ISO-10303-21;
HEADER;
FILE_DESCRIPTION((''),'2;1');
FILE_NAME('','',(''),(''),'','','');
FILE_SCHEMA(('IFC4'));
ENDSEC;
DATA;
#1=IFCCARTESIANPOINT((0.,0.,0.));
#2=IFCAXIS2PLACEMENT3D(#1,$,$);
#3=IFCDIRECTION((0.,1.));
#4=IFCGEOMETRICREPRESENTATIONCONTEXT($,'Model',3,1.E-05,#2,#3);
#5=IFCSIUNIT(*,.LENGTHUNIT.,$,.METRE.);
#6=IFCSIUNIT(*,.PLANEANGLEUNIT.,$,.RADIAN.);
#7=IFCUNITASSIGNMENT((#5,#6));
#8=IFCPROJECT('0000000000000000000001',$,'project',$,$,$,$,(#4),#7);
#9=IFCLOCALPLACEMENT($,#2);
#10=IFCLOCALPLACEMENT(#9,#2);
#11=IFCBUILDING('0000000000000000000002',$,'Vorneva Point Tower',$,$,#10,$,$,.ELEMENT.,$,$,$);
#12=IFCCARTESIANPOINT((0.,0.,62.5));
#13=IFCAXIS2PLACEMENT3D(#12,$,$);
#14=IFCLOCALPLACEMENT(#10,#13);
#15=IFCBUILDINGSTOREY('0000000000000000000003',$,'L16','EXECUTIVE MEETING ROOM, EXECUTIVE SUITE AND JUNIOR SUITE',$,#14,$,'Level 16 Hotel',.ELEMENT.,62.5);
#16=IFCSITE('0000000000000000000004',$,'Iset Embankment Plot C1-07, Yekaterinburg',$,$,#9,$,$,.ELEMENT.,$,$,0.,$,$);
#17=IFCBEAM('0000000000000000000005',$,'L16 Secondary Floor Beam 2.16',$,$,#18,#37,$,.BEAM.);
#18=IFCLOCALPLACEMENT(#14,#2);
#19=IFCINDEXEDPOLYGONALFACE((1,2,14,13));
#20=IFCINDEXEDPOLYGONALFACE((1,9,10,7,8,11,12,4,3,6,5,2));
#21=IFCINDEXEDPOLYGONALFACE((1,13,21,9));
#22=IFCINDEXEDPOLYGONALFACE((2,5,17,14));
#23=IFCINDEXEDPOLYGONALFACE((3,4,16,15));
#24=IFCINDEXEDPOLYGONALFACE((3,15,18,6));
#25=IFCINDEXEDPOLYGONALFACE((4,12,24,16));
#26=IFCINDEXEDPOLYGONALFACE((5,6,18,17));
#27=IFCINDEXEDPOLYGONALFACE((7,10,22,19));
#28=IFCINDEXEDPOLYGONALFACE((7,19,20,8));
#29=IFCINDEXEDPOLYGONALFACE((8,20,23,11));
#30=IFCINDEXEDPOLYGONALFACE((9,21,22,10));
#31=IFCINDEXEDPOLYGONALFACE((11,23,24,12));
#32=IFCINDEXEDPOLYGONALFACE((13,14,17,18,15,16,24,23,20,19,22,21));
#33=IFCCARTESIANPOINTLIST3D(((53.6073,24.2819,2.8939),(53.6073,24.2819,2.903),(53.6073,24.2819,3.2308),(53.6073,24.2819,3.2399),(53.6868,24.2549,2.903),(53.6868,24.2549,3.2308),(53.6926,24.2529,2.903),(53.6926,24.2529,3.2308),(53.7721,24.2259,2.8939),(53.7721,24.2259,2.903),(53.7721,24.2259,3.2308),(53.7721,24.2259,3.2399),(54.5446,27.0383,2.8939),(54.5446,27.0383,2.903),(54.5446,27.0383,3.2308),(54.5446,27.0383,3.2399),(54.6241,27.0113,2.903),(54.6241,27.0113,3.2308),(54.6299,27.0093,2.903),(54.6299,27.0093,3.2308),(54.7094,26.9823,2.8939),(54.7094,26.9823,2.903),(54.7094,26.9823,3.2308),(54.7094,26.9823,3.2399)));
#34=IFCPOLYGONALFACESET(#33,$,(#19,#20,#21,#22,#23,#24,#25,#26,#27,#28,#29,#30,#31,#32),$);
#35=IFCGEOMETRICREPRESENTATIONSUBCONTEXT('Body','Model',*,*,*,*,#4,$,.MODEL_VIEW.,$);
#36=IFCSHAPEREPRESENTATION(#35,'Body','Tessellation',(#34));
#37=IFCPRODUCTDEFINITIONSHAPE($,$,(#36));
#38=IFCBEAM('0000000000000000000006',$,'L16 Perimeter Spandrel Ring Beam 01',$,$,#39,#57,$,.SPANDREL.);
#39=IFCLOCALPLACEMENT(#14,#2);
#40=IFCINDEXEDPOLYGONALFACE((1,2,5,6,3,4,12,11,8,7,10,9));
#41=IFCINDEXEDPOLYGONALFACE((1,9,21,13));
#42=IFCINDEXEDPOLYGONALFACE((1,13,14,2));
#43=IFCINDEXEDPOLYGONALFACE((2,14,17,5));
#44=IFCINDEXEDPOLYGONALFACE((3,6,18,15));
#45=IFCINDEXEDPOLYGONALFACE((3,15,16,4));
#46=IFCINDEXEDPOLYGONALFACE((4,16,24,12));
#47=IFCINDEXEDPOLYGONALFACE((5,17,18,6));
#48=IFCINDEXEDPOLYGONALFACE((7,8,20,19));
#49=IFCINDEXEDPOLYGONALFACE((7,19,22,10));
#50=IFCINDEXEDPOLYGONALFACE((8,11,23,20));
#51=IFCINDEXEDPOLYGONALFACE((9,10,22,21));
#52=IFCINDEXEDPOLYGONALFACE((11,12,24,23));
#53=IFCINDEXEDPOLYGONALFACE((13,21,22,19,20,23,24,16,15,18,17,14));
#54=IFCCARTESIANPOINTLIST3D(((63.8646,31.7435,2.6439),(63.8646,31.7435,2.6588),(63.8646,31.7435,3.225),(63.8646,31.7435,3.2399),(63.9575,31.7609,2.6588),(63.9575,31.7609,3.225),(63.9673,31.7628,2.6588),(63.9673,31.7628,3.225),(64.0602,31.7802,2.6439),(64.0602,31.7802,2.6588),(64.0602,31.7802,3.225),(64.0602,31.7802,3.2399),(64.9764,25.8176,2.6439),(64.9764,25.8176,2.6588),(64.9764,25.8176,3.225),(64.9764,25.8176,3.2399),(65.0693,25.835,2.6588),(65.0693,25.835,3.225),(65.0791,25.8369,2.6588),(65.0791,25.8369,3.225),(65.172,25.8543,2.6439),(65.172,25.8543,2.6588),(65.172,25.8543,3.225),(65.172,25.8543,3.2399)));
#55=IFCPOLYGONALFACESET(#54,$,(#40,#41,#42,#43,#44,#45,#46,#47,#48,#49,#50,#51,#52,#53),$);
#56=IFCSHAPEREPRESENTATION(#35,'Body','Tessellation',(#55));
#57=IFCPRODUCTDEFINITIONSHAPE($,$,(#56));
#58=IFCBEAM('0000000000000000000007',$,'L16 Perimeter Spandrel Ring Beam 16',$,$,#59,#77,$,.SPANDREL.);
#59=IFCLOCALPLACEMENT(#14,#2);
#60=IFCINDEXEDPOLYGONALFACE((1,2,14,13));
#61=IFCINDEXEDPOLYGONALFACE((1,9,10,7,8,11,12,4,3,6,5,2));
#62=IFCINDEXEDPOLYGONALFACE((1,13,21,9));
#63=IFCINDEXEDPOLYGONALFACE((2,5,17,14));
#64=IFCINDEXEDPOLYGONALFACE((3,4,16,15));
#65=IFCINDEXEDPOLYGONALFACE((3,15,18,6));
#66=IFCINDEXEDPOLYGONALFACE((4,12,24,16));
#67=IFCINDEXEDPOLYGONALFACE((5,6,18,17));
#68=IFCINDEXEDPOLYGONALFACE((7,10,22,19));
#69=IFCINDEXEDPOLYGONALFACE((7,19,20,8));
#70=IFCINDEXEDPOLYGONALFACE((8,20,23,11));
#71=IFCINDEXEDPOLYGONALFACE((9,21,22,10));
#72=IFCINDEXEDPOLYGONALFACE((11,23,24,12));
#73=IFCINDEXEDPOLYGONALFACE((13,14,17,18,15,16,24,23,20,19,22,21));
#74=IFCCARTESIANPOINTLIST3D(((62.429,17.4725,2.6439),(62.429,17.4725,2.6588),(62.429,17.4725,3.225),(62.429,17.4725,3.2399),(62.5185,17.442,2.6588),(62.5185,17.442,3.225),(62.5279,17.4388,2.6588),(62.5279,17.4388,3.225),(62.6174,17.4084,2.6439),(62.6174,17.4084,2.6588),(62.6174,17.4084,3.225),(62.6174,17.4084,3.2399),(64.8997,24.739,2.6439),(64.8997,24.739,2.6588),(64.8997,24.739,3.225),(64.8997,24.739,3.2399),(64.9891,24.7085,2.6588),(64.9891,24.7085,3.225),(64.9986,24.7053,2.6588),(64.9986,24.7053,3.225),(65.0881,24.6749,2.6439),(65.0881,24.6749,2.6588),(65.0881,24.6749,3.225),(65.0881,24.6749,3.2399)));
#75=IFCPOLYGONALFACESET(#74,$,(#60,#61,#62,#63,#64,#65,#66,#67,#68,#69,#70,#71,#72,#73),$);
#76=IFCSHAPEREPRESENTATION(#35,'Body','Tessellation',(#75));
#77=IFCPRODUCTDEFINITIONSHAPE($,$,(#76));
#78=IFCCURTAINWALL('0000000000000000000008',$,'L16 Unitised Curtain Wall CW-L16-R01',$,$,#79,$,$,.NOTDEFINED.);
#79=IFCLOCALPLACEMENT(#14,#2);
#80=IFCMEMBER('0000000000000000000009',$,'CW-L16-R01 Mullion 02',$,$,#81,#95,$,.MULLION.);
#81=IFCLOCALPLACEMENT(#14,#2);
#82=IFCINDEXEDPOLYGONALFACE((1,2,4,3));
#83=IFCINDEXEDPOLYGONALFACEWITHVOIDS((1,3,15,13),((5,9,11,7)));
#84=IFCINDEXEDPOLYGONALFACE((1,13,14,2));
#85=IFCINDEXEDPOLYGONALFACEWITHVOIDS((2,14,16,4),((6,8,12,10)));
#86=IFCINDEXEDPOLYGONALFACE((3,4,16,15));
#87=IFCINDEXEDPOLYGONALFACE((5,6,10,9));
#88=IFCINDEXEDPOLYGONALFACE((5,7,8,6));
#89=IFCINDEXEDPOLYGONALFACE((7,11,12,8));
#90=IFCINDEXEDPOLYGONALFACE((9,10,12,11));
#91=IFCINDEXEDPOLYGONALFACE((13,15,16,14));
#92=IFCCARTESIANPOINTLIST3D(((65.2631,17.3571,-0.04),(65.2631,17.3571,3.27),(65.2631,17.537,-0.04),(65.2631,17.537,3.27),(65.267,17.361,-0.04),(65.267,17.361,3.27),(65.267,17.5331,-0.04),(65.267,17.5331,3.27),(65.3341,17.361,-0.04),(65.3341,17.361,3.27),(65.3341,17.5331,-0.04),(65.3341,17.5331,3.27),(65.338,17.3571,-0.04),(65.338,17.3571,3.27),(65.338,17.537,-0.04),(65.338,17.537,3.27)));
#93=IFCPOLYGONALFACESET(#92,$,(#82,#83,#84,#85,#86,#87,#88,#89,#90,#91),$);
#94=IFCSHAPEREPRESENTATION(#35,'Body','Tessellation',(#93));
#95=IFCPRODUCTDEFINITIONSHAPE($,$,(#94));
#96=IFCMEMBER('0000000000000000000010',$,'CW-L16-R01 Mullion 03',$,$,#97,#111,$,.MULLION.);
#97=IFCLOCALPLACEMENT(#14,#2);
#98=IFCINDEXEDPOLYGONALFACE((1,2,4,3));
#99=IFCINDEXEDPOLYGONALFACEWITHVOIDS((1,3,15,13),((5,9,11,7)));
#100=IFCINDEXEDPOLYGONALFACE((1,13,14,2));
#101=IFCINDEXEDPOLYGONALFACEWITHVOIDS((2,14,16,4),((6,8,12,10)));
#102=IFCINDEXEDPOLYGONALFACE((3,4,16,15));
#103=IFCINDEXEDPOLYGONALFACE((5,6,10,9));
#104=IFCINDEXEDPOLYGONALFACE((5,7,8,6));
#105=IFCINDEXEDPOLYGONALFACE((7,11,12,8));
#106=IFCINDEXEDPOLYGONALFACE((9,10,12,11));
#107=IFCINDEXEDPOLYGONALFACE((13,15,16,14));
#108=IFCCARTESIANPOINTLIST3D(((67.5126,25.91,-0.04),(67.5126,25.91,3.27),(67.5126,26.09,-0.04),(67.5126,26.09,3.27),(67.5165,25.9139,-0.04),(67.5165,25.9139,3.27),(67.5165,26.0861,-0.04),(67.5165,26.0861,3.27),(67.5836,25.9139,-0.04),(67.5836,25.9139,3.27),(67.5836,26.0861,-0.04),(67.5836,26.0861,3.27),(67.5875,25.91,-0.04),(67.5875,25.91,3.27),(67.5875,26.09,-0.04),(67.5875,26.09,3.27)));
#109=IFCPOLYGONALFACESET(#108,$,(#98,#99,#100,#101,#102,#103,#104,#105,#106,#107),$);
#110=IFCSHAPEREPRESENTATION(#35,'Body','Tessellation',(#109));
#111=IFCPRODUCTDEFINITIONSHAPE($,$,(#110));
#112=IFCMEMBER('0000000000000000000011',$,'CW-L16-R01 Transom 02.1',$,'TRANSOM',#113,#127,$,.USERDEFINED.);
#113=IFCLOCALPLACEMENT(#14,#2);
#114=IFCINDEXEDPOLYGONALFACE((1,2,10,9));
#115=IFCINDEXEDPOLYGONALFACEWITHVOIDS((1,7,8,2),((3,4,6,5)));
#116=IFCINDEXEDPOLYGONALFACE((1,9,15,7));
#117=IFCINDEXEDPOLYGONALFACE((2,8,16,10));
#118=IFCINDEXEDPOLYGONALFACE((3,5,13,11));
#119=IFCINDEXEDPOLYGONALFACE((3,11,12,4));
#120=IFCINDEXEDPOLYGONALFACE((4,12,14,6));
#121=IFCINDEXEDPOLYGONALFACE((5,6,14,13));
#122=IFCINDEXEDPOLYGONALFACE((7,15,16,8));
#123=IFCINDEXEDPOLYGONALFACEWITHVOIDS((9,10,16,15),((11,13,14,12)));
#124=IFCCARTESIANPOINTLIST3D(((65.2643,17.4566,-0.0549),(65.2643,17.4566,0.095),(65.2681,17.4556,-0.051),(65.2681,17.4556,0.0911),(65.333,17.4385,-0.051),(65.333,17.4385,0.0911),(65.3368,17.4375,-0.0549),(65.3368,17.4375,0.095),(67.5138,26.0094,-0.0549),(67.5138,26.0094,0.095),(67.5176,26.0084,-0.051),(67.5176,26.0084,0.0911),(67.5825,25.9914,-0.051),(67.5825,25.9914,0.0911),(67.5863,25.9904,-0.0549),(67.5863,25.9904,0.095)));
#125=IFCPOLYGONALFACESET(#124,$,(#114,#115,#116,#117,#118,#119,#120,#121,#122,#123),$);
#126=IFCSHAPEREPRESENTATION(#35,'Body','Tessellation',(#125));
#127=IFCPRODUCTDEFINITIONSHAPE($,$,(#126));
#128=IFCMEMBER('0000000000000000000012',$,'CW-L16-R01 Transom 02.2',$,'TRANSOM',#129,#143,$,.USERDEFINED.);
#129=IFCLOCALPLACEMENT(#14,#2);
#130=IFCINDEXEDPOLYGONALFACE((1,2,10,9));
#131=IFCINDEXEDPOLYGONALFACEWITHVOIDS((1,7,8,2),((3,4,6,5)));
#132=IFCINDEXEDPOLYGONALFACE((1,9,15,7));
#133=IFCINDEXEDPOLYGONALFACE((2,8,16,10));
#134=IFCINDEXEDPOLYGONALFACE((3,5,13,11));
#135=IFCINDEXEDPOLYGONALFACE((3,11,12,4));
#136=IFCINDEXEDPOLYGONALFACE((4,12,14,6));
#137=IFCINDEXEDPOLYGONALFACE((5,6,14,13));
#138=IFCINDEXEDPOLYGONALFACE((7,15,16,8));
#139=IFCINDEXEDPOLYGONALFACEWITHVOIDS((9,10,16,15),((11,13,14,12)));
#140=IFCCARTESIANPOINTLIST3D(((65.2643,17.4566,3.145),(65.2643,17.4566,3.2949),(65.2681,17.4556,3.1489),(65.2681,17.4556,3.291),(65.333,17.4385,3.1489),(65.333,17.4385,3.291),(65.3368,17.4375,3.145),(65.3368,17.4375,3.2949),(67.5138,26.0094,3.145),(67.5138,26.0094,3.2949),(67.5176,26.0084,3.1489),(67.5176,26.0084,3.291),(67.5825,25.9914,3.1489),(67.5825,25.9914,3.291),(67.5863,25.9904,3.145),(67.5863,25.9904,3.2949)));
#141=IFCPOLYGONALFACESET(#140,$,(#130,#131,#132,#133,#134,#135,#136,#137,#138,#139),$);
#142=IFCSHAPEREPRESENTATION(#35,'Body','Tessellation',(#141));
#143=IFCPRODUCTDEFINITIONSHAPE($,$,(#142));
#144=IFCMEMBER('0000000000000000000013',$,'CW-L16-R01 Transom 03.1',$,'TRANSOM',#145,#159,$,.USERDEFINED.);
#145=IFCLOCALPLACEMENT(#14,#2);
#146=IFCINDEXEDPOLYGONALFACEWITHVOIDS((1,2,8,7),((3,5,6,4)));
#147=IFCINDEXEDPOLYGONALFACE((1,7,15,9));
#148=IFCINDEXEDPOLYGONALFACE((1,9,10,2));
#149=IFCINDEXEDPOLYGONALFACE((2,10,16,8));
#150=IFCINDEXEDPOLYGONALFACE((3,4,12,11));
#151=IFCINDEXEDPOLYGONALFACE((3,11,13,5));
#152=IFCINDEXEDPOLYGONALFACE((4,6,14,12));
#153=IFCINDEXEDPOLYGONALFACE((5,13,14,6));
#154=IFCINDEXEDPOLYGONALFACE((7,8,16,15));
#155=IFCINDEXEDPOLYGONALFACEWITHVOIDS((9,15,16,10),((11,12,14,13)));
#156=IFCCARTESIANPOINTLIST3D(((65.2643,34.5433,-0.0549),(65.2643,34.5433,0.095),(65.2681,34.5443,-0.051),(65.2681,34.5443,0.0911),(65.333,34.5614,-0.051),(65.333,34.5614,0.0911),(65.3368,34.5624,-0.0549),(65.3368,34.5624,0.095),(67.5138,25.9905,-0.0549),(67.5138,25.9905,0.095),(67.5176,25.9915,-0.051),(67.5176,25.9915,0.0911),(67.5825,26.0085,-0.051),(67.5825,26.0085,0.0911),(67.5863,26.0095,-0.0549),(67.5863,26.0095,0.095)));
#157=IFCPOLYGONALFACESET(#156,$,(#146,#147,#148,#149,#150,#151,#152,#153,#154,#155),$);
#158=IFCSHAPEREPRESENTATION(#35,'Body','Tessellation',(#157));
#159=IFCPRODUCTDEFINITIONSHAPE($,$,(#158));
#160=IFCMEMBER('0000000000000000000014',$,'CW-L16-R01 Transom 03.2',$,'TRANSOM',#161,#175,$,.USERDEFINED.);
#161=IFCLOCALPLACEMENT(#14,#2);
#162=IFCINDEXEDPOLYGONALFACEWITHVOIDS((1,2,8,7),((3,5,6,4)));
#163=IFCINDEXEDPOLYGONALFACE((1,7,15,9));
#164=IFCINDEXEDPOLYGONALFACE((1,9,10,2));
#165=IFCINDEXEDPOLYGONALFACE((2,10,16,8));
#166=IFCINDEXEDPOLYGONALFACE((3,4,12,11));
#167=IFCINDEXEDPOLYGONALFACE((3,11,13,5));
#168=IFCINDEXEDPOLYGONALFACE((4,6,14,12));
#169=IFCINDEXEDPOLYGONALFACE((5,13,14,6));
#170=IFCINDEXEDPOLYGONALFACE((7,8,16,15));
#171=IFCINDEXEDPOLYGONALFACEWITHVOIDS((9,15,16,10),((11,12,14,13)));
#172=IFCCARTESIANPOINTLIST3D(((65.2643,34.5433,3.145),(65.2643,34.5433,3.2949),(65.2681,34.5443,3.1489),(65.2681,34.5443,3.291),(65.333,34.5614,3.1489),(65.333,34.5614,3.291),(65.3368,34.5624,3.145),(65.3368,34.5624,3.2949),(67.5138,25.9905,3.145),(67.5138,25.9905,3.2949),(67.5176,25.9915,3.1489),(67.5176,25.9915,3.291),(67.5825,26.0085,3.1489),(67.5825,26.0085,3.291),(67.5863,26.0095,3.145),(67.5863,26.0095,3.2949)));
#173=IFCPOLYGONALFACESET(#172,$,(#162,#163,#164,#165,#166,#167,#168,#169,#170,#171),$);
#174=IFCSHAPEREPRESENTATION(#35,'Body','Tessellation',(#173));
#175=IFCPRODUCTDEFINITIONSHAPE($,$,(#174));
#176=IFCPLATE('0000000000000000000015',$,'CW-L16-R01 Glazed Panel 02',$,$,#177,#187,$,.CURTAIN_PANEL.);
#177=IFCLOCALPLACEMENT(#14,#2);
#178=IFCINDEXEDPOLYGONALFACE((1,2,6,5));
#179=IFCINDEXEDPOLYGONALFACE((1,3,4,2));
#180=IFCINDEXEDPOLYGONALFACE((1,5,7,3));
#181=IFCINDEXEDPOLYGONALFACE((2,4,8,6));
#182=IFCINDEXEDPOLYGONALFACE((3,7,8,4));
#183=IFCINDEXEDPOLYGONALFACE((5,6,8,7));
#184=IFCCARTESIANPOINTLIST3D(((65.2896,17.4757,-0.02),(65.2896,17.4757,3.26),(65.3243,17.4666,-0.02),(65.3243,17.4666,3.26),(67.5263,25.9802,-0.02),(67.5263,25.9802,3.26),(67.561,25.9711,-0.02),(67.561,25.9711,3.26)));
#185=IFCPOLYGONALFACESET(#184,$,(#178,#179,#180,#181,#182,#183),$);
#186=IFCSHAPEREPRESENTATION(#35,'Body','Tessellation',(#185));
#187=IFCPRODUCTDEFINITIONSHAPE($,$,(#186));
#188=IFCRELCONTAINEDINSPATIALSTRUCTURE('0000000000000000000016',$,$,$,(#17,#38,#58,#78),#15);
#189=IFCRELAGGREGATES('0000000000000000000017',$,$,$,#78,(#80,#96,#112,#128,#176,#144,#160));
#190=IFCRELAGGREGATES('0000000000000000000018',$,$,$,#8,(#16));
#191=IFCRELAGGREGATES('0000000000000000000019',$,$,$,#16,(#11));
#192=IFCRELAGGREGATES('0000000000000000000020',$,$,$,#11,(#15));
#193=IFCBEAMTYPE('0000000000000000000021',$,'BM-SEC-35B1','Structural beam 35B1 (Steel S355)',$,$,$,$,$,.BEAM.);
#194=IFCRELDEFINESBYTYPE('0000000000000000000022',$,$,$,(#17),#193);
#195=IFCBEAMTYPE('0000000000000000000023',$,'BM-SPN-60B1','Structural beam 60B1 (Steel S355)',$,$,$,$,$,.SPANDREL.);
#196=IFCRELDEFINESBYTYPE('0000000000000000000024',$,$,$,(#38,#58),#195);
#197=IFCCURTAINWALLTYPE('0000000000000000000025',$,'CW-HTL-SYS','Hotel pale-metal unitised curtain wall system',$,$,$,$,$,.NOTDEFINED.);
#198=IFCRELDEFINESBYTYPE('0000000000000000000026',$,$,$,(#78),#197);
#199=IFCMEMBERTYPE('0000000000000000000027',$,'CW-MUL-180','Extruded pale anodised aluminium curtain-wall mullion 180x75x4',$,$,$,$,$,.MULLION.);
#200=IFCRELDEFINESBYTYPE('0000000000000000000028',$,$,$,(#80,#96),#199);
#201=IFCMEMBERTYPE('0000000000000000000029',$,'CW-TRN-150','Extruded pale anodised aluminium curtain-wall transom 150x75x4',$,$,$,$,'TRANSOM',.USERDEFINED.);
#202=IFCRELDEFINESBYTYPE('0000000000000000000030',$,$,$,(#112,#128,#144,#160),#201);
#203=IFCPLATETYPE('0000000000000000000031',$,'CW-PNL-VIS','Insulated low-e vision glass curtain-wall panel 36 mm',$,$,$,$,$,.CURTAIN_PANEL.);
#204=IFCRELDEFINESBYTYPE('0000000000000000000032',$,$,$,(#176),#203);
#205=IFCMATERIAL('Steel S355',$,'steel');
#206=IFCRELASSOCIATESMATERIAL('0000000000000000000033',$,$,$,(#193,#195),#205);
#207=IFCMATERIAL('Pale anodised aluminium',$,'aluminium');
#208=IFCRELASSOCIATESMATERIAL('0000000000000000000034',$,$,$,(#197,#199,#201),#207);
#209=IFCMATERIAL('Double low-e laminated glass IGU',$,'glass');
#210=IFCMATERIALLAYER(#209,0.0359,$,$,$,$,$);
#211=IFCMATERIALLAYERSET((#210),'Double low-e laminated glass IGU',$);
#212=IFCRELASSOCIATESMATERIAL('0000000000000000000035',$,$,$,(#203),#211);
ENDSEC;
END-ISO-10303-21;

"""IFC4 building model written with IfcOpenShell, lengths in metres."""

from ifc_helpers import new_model, si_unit, direction, frame, origin, origin_2d, place, context, subcontext, project, spatial, rectangle, hollow_rectangle, i_section, extrude, material, layer, layer_set, material_profile, profile_set, type_object, element, aggregate, save


model = new_model("IFC4")

# Units and contexts
model_context = context("Model", 3, precision=1e-05, world=origin(), true_north=direction((0.0, 1.0)))
body_context = subcontext(model_context, "Body", "Model", "MODEL_VIEW")
ifc_project = project(units=[si_unit("LENGTHUNIT", "METRE"), si_unit("PLANEANGLEUNIT", "RADIAN")], contexts=[model_context])

# Site, building, storey
site_placement = place(None, origin())
site = spatial("IfcSite", under=ifc_project, at=site_placement, Name="Iset Embankment Plot C1-07, Yekaterinburg", CompositionType="ELEMENT", RefElevation=0.0)
building_placement = place(site_placement, origin())
building = spatial("IfcBuilding", under=site, at=building_placement, Name="Vorneva Point Tower", CompositionType="ELEMENT")
storey_placement = place(building_placement, frame((0.0, 0.0, 62.5)))
storey = spatial("IfcBuildingStorey", under=building, at=storey_placement, Name="L16", Description="EXECUTIVE MEETING ROOM, EXECUTIVE SUITE AND JUNIOR SUITE", LongName="Level 16 Hotel", CompositionType="ELEMENT", Elevation=62.5)

# Beams
ifc_material_1 = material(Name="Steel S355", Category="steel")
ifc_material_profile_1 = material_profile(ifc_material_1, i_section(OverallWidth=0.1741, OverallDepth=0.3459, WebThickness=0.0061, FlangeThickness=0.009, at=origin_2d()), Name="35B1")
ifc_profile_set_1 = profile_set([ifc_material_profile_1], Name="Steel S355")
beam_type_1 = type_object("IfcBeamType", Name="BM-SEC-35B1", Description="Structural beam 35B1 (Steel S355)", PredefinedType="BEAM", material=ifc_profile_set_1)
beam_1_placement = place(storey_placement, frame((53.6897, 24.2539, 3.0669), z_axis=(0.321933, 0.946763, 0.0), x_axis=(-0.946763, 0.321933, 0.0)))
element("IfcBeam", 1, at=beam_1_placement, inside=storey, type_object=beam_type_1, Name="L16 Secondary Floor Beam 2.16", PredefinedType="BEAM", context=body_context, shape_type="SweptSolid", body=[
    extrude(i_section(OverallWidth=0.1741, OverallDepth=0.3459, WebThickness=0.0061, FlangeThickness=0.009, at=origin_2d()), origin(), (0.0, 0.0, 1.0), 2.9114),
])
ifc_material_profile_2 = material_profile(ifc_material_1, i_section(OverallWidth=0.199, OverallDepth=0.5959, WebThickness=0.01, FlangeThickness=0.0149, at=origin_2d()), Name="60B1")
ifc_profile_set_2 = profile_set([ifc_material_profile_2], Name="Steel S355")
beam_type_2 = type_object("IfcBeamType", Name="BM-SPN-60B1", Description="Structural beam 60B1 (Steel S355)", PredefinedType="SPANDREL", material=ifc_profile_set_2)
beam_2_placement = place(storey_placement, frame((65.0742, 25.8359, 2.9419), z_axis=(-0.184406, 0.98285, 0.0), x_axis=(-0.98285, -0.184406, 0.0)))
element("IfcBeam", 2, at=beam_2_placement, inside=storey, type_object=beam_type_2, Name="L16 Perimeter Spandrel Ring Beam 01", PredefinedType="SPANDREL", context=body_context, shape_type="SweptSolid", body=[
    extrude(i_section(OverallWidth=0.199, OverallDepth=0.5959, WebThickness=0.01, FlangeThickness=0.0149, at=origin_2d()), origin(), (0.0, 0.0, 1.0), 6.0293),
])
beam_3_placement = place(storey_placement, frame((62.5232, 17.4404, 2.9419), z_axis=(0.32191, 0.94677, 0.0), x_axis=(-0.94677, 0.32191, 0.0)))
element("IfcBeam", 3, at=beam_3_placement, inside=storey, type_object=beam_type_2, Name="L16 Perimeter Spandrel Ring Beam 16", PredefinedType="SPANDREL", context=body_context, shape_type="SweptSolid", body=[
    extrude(i_section(OverallWidth=0.199, OverallDepth=0.5959, WebThickness=0.01, FlangeThickness=0.0149, at=origin_2d()), origin(), (0.0, 0.0, 1.0), 7.675),
])

# Curtain wall, members, plate
ifc_material_2 = material(Name="Pale anodised aluminium", Category="aluminium")
curtain_wall_type = type_object("IfcCurtainWallType", Name="CW-HTL-SYS", Description="Hotel pale-metal unitised curtain wall system", PredefinedType="NOTDEFINED", material=ifc_material_2)
curtain_wall_placement = place(storey_placement, origin())
curtain_wall = element("IfcCurtainWall", 4, at=curtain_wall_placement, inside=storey, type_object=curtain_wall_type, Name="L16 Unitised Curtain Wall CW-L16-R01", PredefinedType="NOTDEFINED")
ifc_material_profile_3 = material_profile(ifc_material_2, hollow_rectangle(XDim=0.075, YDim=0.1799, WallThickness=0.0039, at=origin_2d()), Name="AL-MUL 180x75x4")
ifc_profile_set_3 = profile_set([ifc_material_profile_3], Name="Pale anodised aluminium")
member_type_1 = type_object("IfcMemberType", Name="CW-MUL-180", Description="Extruded pale anodised aluminium curtain-wall mullion 180x75x4", PredefinedType="MULLION", material=ifc_profile_set_3)
member_1_placement = place(storey_placement, frame((65.3005, 17.447, -0.04), z_axis=(0.0, 0.0, 1.0), x_axis=(1.0, 0.0, 0.0)))
member_1 = element("IfcMember", 5, at=member_1_placement, type_object=member_type_1, Name="CW-L16-R01 Mullion 02", PredefinedType="MULLION", context=body_context, shape_type="SweptSolid", body=[
    extrude(hollow_rectangle(XDim=0.075, YDim=0.1799, WallThickness=0.0039, at=origin_2d()), origin(), (0.0, 0.0, 1.0), 3.3101),
])
member_2_placement = place(storey_placement, frame((67.55, 26.0, -0.04), z_axis=(0.0, 0.0, 1.0), x_axis=(1.0, 0.0, 0.0)))
member_2 = element("IfcMember", 6, at=member_2_placement, type_object=member_type_1, Name="CW-L16-R01 Mullion 03", PredefinedType="MULLION", context=body_context, shape_type="SweptSolid", body=[
    extrude(hollow_rectangle(XDim=0.075, YDim=0.1799, WallThickness=0.0039, at=origin_2d()), origin(), (0.0, 0.0, 1.0), 3.3101),
])
ifc_material_profile_4 = material_profile(ifc_material_2, hollow_rectangle(XDim=0.075, YDim=0.1499, WallThickness=0.0039, at=origin_2d()), Name="AL-TRN 150x75x4")
ifc_profile_set_4 = profile_set([ifc_material_profile_4], Name="Pale anodised aluminium")
member_type_2 = type_object("IfcMemberType", Name="CW-TRN-150", Description="Extruded pale anodised aluminium curtain-wall transom 150x75x4", ElementType="TRANSOM", PredefinedType="USERDEFINED", material=ifc_profile_set_4)
member_3_placement = place(storey_placement, frame((65.3005, 17.447, 0.02), z_axis=(0.254359, 0.96711, 0.0), x_axis=(-0.96711, 0.254359, 0.0)))
member_3 = element("IfcMember", 7, at=member_3_placement, type_object=member_type_2, Name="CW-L16-R01 Transom 02.1", ObjectType="TRANSOM", PredefinedType="USERDEFINED", context=body_context, shape_type="SweptSolid", body=[
    extrude(hollow_rectangle(XDim=0.075, YDim=0.1499, WallThickness=0.0039, at=origin_2d()), origin(), (0.0, 0.0, 1.0), 8.8438),
])
member_4_placement = place(storey_placement, frame((65.3005, 17.447, 3.22), z_axis=(0.254359, 0.96711, 0.0), x_axis=(-0.96711, 0.254359, 0.0)))
member_4 = element("IfcMember", 8, at=member_4_placement, type_object=member_type_2, Name="CW-L16-R01 Transom 02.2", ObjectType="TRANSOM", PredefinedType="USERDEFINED", context=body_context, shape_type="SweptSolid", body=[
    extrude(hollow_rectangle(XDim=0.075, YDim=0.1499, WallThickness=0.0039, at=origin_2d()), origin(), (0.0, 0.0, 1.0), 8.8438),
])
member_5_placement = place(storey_placement, frame((67.55, 26.0, 0.02), z_axis=(-0.254359, 0.96711, 0.0), x_axis=(-0.96711, -0.254359, 0.0)))
member_5 = element("IfcMember", 9, at=member_5_placement, type_object=member_type_2, Name="CW-L16-R01 Transom 03.1", ObjectType="TRANSOM", PredefinedType="USERDEFINED", context=body_context, shape_type="SweptSolid", body=[
    extrude(hollow_rectangle(XDim=0.075, YDim=0.1499, WallThickness=0.0039, at=origin_2d()), origin(), (0.0, 0.0, 1.0), 8.8438),
])
member_6_placement = place(storey_placement, frame((67.55, 26.0, 3.22), z_axis=(-0.254359, 0.96711, 0.0), x_axis=(-0.96711, -0.254359, 0.0)))
member_6 = element("IfcMember", 10, at=member_6_placement, type_object=member_type_2, Name="CW-L16-R01 Transom 03.2", ObjectType="TRANSOM", PredefinedType="USERDEFINED", context=body_context, shape_type="SweptSolid", body=[
    extrude(hollow_rectangle(XDim=0.075, YDim=0.1499, WallThickness=0.0039, at=origin_2d()), origin(), (0.0, 0.0, 1.0), 8.8438),
])
ifc_material_3 = material(Name="Double low-e laminated glass IGU", Category="glass")
ifc_layer_1 = layer(ifc_material_3, 0.0359)
ifc_layer_set_1 = layer_set([ifc_layer_1], Name="Double low-e laminated glass IGU")
plate_type = type_object("IfcPlateType", Name="CW-PNL-VIS", Description="Insulated low-e vision glass curtain-wall panel 36 mm", PredefinedType="CURTAIN_PANEL", material=ifc_layer_set_1)
plate_placement = place(storey_placement, frame((66.4253, 21.7234, -0.02), z_axis=(0.0, 0.0, 1.0), x_axis=(0.254349, 0.967113, 0.0)))
plate = element("IfcPlate", 11, at=plate_placement, type_object=plate_type, Name="CW-L16-R01 Glazed Panel 02", PredefinedType="CURTAIN_PANEL", context=body_context, shape_type="SweptSolid", body=[
    extrude(rectangle(XDim=8.7937, YDim=0.0359, at=origin_2d()), origin(), (0.0, 0.0, 1.0), 3.28),
])
aggregate(curtain_wall, [member_1, member_2, member_3, member_4, plate, member_5, member_6])

save(model, "model.ifc")
